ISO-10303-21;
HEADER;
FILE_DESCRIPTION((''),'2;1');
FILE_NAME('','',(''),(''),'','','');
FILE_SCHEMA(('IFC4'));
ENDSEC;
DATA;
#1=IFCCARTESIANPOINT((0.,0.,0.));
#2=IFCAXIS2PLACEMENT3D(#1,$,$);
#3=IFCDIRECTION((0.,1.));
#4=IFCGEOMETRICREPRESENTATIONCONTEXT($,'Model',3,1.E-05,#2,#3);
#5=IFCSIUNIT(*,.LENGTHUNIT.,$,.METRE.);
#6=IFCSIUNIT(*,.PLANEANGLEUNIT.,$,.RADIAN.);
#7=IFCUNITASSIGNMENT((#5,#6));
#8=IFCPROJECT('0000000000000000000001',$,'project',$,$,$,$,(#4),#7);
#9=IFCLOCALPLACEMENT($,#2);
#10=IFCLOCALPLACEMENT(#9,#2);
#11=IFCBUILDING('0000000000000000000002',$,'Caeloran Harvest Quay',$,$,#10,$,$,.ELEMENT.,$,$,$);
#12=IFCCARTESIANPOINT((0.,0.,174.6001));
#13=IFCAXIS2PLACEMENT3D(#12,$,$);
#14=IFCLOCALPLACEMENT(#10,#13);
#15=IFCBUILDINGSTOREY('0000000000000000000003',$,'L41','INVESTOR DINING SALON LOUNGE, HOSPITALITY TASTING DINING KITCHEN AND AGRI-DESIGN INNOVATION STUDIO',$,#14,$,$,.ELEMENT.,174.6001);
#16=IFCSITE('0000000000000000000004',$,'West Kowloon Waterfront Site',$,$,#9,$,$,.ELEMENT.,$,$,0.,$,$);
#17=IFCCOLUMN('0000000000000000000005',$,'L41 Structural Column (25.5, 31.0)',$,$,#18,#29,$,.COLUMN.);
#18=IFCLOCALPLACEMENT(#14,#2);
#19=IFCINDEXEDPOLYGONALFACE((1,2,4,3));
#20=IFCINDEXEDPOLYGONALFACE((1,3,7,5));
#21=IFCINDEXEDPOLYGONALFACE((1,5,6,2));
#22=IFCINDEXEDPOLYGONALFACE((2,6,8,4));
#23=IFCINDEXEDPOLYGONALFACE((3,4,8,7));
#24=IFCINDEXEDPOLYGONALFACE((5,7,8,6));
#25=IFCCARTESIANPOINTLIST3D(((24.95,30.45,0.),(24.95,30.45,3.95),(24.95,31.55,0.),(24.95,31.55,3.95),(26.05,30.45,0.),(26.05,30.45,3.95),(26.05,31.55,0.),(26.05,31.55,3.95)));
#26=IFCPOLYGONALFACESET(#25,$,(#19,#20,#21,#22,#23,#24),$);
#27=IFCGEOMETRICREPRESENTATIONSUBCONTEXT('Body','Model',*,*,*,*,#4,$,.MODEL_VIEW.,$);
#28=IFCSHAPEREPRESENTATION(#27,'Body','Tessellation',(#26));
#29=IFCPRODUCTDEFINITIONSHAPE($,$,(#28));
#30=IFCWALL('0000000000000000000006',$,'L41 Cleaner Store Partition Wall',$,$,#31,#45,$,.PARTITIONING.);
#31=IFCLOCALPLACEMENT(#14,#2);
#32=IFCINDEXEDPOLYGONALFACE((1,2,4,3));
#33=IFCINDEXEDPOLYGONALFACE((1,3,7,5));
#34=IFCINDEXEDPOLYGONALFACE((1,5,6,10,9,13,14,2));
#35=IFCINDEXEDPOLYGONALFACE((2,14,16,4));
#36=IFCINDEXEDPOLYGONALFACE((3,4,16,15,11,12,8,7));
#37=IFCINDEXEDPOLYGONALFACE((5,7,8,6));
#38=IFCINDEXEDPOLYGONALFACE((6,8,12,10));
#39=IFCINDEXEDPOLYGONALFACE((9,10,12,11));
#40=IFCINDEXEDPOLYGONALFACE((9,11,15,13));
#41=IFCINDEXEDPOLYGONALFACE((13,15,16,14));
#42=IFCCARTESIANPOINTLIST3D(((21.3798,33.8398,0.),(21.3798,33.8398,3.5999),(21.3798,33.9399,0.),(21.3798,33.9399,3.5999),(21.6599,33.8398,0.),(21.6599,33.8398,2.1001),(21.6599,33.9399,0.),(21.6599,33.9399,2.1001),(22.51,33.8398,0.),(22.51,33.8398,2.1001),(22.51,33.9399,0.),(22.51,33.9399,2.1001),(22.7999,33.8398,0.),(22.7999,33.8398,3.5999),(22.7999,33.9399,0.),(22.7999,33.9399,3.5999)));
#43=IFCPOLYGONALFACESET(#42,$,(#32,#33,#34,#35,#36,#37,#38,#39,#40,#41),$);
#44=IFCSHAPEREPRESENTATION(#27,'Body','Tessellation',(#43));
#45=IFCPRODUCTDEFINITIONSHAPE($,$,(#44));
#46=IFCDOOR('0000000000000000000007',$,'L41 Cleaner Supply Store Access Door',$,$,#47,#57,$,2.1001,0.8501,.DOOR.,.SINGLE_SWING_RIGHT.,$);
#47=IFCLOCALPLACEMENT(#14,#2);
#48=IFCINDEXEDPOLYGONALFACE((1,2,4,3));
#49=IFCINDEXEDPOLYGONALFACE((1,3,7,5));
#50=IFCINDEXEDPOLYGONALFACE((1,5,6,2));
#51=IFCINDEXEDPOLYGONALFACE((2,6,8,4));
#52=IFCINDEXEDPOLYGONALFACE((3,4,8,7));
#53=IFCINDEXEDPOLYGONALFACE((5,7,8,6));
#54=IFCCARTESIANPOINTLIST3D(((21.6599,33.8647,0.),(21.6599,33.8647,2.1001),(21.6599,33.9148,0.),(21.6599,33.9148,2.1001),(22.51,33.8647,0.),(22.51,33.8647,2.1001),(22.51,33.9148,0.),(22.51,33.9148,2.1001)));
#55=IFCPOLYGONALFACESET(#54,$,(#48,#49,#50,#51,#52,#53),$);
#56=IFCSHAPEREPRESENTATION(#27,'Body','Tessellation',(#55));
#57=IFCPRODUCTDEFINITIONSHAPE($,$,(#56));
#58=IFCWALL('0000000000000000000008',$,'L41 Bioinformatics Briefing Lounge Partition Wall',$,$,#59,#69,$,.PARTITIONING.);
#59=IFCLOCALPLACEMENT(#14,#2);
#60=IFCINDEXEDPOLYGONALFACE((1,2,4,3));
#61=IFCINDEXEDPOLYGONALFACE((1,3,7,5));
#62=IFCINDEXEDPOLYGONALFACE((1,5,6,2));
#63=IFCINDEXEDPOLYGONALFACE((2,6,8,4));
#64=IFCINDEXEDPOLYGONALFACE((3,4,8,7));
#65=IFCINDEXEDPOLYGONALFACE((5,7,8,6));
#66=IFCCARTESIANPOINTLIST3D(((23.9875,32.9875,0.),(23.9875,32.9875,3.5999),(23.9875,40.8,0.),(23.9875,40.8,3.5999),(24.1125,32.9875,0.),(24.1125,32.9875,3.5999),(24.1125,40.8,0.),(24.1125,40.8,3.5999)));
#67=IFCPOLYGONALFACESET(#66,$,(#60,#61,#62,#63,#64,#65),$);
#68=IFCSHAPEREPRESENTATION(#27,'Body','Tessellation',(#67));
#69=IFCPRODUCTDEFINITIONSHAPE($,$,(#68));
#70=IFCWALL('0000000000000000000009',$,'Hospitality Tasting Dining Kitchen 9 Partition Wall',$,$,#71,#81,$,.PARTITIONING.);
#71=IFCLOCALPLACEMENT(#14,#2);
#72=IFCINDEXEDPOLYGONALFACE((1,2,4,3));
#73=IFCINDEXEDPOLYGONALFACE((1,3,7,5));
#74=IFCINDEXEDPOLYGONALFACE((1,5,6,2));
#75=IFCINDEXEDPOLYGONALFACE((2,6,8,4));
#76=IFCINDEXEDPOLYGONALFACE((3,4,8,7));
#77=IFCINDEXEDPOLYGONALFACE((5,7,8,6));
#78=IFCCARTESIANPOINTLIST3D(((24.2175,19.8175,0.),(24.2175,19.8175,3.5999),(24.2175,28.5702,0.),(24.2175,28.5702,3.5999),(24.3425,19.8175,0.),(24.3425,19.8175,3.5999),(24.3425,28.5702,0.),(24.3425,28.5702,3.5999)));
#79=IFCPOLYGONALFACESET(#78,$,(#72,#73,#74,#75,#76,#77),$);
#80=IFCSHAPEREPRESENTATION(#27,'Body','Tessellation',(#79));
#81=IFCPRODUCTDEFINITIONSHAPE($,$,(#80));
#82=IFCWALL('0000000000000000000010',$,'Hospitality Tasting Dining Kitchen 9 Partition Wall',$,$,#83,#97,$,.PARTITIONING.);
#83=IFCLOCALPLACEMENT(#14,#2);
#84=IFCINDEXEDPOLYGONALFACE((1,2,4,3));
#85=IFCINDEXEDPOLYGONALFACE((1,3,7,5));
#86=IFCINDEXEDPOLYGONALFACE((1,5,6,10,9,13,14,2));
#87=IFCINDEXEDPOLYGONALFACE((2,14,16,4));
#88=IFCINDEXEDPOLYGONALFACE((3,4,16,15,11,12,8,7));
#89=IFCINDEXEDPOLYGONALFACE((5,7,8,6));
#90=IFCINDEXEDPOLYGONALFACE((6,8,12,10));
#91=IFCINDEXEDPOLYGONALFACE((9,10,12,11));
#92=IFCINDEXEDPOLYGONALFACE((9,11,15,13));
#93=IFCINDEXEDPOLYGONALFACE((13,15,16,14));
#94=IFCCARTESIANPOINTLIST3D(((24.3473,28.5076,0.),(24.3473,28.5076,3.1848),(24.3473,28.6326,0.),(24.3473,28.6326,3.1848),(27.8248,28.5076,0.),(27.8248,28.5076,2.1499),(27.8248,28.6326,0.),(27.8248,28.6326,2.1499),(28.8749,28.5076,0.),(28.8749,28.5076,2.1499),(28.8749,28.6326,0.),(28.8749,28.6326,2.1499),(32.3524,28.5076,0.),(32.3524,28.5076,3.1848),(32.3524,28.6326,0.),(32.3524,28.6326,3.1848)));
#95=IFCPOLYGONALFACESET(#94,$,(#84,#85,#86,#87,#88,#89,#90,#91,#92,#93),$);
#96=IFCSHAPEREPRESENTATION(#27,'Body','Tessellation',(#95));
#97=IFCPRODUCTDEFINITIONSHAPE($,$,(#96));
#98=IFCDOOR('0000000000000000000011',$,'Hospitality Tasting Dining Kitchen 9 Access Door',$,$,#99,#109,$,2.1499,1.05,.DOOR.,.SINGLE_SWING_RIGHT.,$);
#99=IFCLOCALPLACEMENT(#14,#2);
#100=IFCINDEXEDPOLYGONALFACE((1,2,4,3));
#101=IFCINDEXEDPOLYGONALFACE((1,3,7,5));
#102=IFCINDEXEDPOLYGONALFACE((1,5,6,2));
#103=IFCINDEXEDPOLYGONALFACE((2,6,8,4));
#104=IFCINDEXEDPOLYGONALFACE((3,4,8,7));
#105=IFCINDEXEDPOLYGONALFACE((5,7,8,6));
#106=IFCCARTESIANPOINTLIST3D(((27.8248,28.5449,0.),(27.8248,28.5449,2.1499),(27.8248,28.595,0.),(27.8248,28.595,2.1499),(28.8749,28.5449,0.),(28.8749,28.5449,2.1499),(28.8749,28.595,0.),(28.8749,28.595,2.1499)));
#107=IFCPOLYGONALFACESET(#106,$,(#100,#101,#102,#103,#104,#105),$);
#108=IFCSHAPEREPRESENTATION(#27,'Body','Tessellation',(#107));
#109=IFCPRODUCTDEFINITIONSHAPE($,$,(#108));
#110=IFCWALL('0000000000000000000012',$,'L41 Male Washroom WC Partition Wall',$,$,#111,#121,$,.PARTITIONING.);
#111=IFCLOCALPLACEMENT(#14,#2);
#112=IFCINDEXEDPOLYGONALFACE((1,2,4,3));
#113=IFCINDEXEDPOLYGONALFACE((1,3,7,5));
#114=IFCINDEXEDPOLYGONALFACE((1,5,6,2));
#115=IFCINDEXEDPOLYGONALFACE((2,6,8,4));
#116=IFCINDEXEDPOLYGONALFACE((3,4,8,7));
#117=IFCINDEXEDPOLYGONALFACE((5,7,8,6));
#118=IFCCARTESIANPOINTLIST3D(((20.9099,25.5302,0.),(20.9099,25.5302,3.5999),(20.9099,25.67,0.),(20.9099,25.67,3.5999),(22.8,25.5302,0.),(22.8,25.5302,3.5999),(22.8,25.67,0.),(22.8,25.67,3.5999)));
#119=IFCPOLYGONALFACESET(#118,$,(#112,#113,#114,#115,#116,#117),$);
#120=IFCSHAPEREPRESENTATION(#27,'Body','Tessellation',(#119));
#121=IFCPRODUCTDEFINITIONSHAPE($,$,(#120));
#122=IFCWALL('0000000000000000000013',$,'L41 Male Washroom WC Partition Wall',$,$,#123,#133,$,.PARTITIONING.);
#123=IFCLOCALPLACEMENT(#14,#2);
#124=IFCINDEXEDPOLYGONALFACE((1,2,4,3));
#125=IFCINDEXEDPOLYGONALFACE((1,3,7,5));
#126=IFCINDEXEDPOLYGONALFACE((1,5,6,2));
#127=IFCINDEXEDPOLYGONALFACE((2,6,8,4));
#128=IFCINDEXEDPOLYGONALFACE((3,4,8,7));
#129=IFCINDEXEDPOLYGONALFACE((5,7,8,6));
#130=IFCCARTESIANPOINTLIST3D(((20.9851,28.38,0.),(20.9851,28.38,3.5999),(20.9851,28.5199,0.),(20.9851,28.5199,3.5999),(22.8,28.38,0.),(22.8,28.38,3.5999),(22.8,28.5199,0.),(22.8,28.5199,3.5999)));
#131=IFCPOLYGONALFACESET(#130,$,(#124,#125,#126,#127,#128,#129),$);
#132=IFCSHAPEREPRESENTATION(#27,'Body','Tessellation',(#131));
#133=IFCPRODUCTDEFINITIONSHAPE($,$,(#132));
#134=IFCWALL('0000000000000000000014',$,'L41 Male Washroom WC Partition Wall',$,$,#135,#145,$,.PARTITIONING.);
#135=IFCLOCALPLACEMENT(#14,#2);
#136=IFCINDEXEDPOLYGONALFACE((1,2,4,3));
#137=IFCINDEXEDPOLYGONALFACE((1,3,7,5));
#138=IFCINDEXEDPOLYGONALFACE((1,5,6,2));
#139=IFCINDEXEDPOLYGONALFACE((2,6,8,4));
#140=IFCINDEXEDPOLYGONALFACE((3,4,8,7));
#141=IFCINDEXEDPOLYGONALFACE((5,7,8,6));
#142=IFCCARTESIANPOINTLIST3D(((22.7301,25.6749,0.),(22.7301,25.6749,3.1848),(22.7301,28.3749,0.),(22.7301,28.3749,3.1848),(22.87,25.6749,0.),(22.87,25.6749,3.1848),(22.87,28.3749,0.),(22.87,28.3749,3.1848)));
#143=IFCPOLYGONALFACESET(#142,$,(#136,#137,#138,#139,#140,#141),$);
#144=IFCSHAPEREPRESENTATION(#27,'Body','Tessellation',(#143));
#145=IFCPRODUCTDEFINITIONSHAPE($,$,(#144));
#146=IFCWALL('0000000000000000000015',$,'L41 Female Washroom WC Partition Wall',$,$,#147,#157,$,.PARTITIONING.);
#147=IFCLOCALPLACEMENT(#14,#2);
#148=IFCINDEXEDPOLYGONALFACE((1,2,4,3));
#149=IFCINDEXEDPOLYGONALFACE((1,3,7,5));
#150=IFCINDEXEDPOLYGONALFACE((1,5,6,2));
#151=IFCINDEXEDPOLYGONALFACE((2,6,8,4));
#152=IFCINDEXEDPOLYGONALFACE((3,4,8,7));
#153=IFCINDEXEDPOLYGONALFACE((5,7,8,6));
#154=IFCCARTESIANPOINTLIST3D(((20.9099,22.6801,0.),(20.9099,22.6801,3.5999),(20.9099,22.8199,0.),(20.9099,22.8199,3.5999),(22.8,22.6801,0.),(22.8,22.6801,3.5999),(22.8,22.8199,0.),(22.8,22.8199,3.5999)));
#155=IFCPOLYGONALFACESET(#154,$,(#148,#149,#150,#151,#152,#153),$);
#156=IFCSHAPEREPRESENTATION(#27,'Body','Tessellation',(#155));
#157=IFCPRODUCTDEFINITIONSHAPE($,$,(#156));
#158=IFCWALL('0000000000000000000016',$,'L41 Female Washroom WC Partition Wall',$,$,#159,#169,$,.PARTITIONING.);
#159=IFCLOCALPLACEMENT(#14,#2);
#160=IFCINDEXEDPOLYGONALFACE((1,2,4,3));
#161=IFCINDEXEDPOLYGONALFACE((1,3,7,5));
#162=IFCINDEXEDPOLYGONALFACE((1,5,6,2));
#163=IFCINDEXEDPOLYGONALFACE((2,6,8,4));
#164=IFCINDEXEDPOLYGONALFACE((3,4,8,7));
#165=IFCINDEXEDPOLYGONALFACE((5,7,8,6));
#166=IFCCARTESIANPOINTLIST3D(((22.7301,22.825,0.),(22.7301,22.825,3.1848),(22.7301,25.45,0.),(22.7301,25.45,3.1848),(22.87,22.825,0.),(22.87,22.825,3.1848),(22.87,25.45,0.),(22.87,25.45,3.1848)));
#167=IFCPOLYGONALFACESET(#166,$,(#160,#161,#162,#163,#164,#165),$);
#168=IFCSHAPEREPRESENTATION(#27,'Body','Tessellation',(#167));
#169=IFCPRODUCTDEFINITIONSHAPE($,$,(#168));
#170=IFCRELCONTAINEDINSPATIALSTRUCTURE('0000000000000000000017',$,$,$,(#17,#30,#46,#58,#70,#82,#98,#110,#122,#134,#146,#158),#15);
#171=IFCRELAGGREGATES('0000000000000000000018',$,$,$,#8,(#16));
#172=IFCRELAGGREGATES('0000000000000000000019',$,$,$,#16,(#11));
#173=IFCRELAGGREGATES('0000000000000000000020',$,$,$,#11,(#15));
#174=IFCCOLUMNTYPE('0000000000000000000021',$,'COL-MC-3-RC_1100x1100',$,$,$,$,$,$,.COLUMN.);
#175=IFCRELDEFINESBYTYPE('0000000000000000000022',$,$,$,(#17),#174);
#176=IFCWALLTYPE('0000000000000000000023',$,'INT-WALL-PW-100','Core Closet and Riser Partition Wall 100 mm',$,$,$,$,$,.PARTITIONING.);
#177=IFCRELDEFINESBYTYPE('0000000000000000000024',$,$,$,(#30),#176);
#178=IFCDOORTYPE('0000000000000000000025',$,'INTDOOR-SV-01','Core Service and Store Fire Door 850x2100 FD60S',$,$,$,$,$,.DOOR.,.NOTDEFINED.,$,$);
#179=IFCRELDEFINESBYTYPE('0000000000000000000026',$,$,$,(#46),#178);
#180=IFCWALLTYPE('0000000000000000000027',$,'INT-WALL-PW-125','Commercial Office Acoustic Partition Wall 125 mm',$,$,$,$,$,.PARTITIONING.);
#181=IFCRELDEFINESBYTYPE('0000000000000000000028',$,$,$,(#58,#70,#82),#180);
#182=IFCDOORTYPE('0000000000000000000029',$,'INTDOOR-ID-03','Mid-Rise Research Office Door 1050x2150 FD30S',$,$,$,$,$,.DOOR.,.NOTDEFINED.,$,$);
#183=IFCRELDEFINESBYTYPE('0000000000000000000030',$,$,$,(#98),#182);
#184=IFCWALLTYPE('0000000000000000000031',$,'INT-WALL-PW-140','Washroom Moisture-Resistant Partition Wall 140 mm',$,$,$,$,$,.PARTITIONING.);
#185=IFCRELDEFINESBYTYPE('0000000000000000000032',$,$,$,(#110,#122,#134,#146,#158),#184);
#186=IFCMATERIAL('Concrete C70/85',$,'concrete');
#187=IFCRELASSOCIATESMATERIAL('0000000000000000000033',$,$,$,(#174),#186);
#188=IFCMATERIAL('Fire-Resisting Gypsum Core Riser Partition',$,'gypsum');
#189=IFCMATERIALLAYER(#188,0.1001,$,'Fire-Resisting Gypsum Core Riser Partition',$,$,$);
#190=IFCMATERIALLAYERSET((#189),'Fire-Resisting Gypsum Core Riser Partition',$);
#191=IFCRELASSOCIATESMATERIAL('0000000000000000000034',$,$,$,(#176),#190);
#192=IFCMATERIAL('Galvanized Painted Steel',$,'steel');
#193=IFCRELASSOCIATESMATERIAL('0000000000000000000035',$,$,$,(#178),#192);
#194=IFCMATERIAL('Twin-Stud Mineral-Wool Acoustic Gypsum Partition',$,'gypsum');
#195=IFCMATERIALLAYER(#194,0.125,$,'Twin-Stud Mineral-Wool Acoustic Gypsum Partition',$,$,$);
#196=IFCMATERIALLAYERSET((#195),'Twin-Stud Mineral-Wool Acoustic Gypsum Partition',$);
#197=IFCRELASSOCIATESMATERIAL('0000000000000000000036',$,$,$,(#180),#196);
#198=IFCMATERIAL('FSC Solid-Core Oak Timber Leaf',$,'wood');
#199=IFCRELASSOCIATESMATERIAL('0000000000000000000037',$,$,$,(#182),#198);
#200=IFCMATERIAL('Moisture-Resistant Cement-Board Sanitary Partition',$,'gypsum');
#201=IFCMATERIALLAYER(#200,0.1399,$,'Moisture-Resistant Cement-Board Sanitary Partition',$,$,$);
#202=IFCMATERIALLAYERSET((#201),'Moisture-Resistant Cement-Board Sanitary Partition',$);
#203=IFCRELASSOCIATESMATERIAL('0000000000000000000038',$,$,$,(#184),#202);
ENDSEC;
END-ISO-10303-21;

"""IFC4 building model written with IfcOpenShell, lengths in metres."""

from ifc_helpers import new_model, si_unit, direction, frame, frame_2d, origin, origin_2d, place, context, subcontext, project, spatial, rectangle, extrude, material, layer, layer_set, material_profile, profile_set, type_object, element, fill, save


model = new_model("IFC4")

# Units and contexts
model_context = context("Model", 3, precision=1e-05, world=origin(), true_north=direction((0.0, 1.0)))
body_context = subcontext(model_context, "Body", "Model", "MODEL_VIEW")
ifc_project = project(units=[si_unit("LENGTHUNIT", "METRE"), si_unit("PLANEANGLEUNIT", "RADIAN")], contexts=[model_context])

# Site, building, storey
site_placement = place(None, origin())
site = spatial("IfcSite", under=ifc_project, at=site_placement, Name="West Kowloon Waterfront Site", CompositionType="ELEMENT", RefElevation=0.0)
building_placement = place(site_placement, origin())
building = spatial("IfcBuilding", under=site, at=building_placement, Name="Caeloran Harvest Quay", CompositionType="ELEMENT")
storey_placement = place(building_placement, frame((0.0, 0.0, 174.6001)))
storey = spatial("IfcBuildingStorey", under=building, at=storey_placement, Name="L41", Description="INVESTOR DINING SALON LOUNGE, HOSPITALITY TASTING DINING KITCHEN AND AGRI-DESIGN INNOVATION STUDIO", CompositionType="ELEMENT", Elevation=174.6001)

# Column
ifc_material_1 = material(Name="Concrete C70/85", Category="concrete")
ifc_material_profile = material_profile(ifc_material_1, rectangle(XDim=1.1001, YDim=1.1001, at=origin_2d()), Name="RC 1100x1100")
ifc_profile_set = profile_set([ifc_material_profile], Name="Concrete C70/85")
column_type = type_object("IfcColumnType", Name="COL-MC-3-RC_1100x1100", PredefinedType="COLUMN", material=ifc_profile_set)
column_placement = place(storey_placement, frame((25.5, 31.0, 0.0), z_axis=(0.0, 0.0, 1.0), x_axis=(1.0, 0.0, 0.0)))
element("IfcColumn", 1, at=column_placement, inside=storey, type_object=column_type, Name="L41 Structural Column (25.5, 31.0)", PredefinedType="COLUMN", context=body_context, shape_type="SweptSolid", body=[
    extrude(rectangle(XDim=1.1001, YDim=1.1001, at=origin_2d()), origin(), (0.0, 0.0, 1.0), 3.95),
])

# Wall, opening, door
ifc_material_2 = material(Name="Fire-Resisting Gypsum Core Riser Partition", Category="gypsum")
ifc_layer_1 = layer(ifc_material_2, 0.1001, Name="Fire-Resisting Gypsum Core Riser Partition")
ifc_layer_set_1 = layer_set([ifc_layer_1], Name="Fire-Resisting Gypsum Core Riser Partition")
wall_type_1 = type_object("IfcWallType", Name="INT-WALL-PW-100", Description="Core Closet and Riser Partition Wall 100 mm", PredefinedType="PARTITIONING", material=ifc_layer_set_1)
wall_1_placement = place(storey_placement, frame((21.3799, 33.8899, 0.0), z_axis=(0.0, 0.0, 1.0), x_axis=(1.0, 0.0, 0.0)))
wall_1 = element("IfcWall", 2, at=wall_1_placement, inside=storey, type_object=wall_type_1, Name="L41 Cleaner Store Partition Wall", PredefinedType="PARTITIONING", context=body_context, shape_type="SweptSolid", body=[
    extrude(rectangle(XDim=1.4202, YDim=0.1001, at=frame_2d((0.71, 0.0))), origin(), (0.0, 0.0, 1.0), 3.5999),
])
opening_1_placement = place(wall_1_placement, frame((0.28, 0.0, 0.0)))
opening_1 = element("IfcOpeningElement", 3, at=opening_1_placement, cuts=wall_1, PredefinedType="OPENING", context=body_context, shape_type="SweptSolid", body=[
    extrude(rectangle(XDim=0.8501, YDim=2.1001, at=frame_2d((0.425, 1.05))), frame((0.0, 0.0601, 0.0), z_axis=(0.0, -1.0, 0.0), x_axis=(1.0, 0.0, 0.0)), (0.0, 0.0, 1.0), 0.1201),
])
ifc_material_3 = material(Name="Galvanized Painted Steel", Category="steel")
door_type_1 = type_object("IfcDoorType", Name="INTDOOR-SV-01", Description="Core Service and Store Fire Door 850x2100 FD60S", OperationType="NOTDEFINED", PredefinedType="DOOR", material=ifc_material_3)
door_1_placement = place(opening_1_placement, origin())
door_1 = element("IfcDoor", 4, at=door_1_placement, inside=storey, type_object=door_type_1, Name="L41 Cleaner Supply Store Access Door", OperationType="SINGLE_SWING_RIGHT", OverallHeight=2.1001, OverallWidth=0.8501, PredefinedType="DOOR", context=body_context, shape_type="SweptSolid", body=[
    extrude(rectangle(XDim=0.8501, YDim=2.1001, at=frame_2d((0.425, 1.05))), frame((0.0, 0.0249, 0.0), z_axis=(0.0, -1.0, 0.0), x_axis=(1.0, 0.0, 0.0)), (0.0, 0.0, 1.0), 0.05),
])
fill(opening_1, door_1)

# Walls
ifc_material_4 = material(Name="Twin-Stud Mineral-Wool Acoustic Gypsum Partition", Category="gypsum")
ifc_layer_2 = layer(ifc_material_4, 0.125, Name="Twin-Stud Mineral-Wool Acoustic Gypsum Partition")
ifc_layer_set_2 = layer_set([ifc_layer_2], Name="Twin-Stud Mineral-Wool Acoustic Gypsum Partition")
wall_type_2 = type_object("IfcWallType", Name="INT-WALL-PW-125", Description="Commercial Office Acoustic Partition Wall 125 mm", PredefinedType="PARTITIONING", material=ifc_layer_set_2)
wall_2_placement = place(storey_placement, frame((24.05, 32.9875, 0.0), z_axis=(0.0, 0.0, 1.0), x_axis=(0.0, 1.0, 0.0)))
element("IfcWall", 5, at=wall_2_placement, inside=storey, type_object=wall_type_2, Name="L41 Bioinformatics Briefing Lounge Partition Wall", PredefinedType="PARTITIONING", context=body_context, shape_type="SweptSolid", body=[
    extrude(rectangle(XDim=7.8125, YDim=0.125, at=frame_2d((3.9062, 0.0))), origin(), (0.0, 0.0, 1.0), 3.5999),
])
wall_3_placement = place(storey_placement, frame((24.28, 19.8174, 0.0), z_axis=(0.0, 0.0, 1.0), x_axis=(0.0, 1.0, 0.0)))
element("IfcWall", 6, at=wall_3_placement, inside=storey, type_object=wall_type_2, Name="Hospitality Tasting Dining Kitchen 9 Partition Wall", PredefinedType="PARTITIONING", context=body_context, shape_type="SweptSolid", body=[
    extrude(rectangle(XDim=8.7527, YDim=0.125, at=frame_2d((4.3765, 0.0))), origin(), (0.0, 0.0, 1.0), 3.5999),
])

# Wall, opening, door
wall_4_placement = place(storey_placement, frame((24.3474, 28.5701, 0.0), z_axis=(0.0, 0.0, 1.0), x_axis=(1.0, 0.0, 0.0)))
wall_4 = element("IfcWall", 7, at=wall_4_placement, inside=storey, type_object=wall_type_2, Name="Hospitality Tasting Dining Kitchen 9 Partition Wall", PredefinedType="PARTITIONING", context=body_context, shape_type="SweptSolid", body=[
    extrude(rectangle(XDim=8.0051, YDim=0.125, at=frame_2d((4.0024, 0.0))), origin(), (0.0, 0.0, 1.0), 3.1848),
])
opening_2_placement = place(wall_4_placement, frame((3.4775, 0.0, 0.0)))
opening_2 = element("IfcOpeningElement", 8, at=opening_2_placement, cuts=wall_4, PredefinedType="OPENING", context=body_context, shape_type="SweptSolid", body=[
    extrude(rectangle(XDim=1.05, YDim=2.1499, at=frame_2d((0.5249, 1.075))), frame((0.0, 0.0725, 0.0), z_axis=(0.0, -1.0, 0.0), x_axis=(1.0, 0.0, 0.0)), (0.0, 0.0, 1.0), 0.145),
])
ifc_material_5 = material(Name="FSC Solid-Core Oak Timber Leaf", Category="wood")
door_type_2 = type_object("IfcDoorType", Name="INTDOOR-ID-03", Description="Mid-Rise Research Office Door 1050x2150 FD30S", OperationType="NOTDEFINED", PredefinedType="DOOR", material=ifc_material_5)
door_2_placement = place(opening_2_placement, origin())
door_2 = element("IfcDoor", 9, at=door_2_placement, inside=storey, type_object=door_type_2, Name="Hospitality Tasting Dining Kitchen 9 Access Door", OperationType="SINGLE_SWING_RIGHT", OverallHeight=2.1499, OverallWidth=1.05, PredefinedType="DOOR", context=body_context, shape_type="SweptSolid", body=[
    extrude(rectangle(XDim=1.05, YDim=2.1499, at=frame_2d((0.5249, 1.075))), frame((0.0, 0.0249, 0.0), z_axis=(0.0, -1.0, 0.0), x_axis=(1.0, 0.0, 0.0)), (0.0, 0.0, 1.0), 0.05),
])
fill(opening_2, door_2)

# Wall
ifc_material_6 = material(Name="Moisture-Resistant Cement-Board Sanitary Partition", Category="gypsum")
ifc_layer_3 = layer(ifc_material_6, 0.1399, Name="Moisture-Resistant Cement-Board Sanitary Partition")
ifc_layer_set_3 = layer_set([ifc_layer_3], Name="Moisture-Resistant Cement-Board Sanitary Partition")
wall_type_3 = type_object("IfcWallType", Name="INT-WALL-PW-140", Description="Washroom Moisture-Resistant Partition Wall 140 mm", PredefinedType="PARTITIONING", material=ifc_layer_set_3)
wall_5_placement = place(storey_placement, frame((22.8, 25.6001, 0.0), z_axis=(0.0, 0.0, 1.0), x_axis=(-1.0, 0.0, 0.0)))
element("IfcWall", 10, at=wall_5_placement, inside=storey, type_object=wall_type_3, Name="L41 Male Washroom WC Partition Wall", PredefinedType="PARTITIONING", context=body_context, shape_type="SweptSolid", body=[
    extrude(rectangle(XDim=1.8901, YDim=0.1399, at=frame_2d((0.9451, 0.0))), origin(), (0.0, 0.0, 1.0), 3.5999),
])

# Walls
wall_6_placement = place(storey_placement, frame((20.9851, 28.45, 0.0), z_axis=(0.0, 0.0, 1.0), x_axis=(1.0, 0.0, 0.0)))
element("IfcWall", 11, at=wall_6_placement, inside=storey, type_object=wall_type_3, Name="L41 Male Washroom WC Partition Wall", PredefinedType="PARTITIONING", context=body_context, shape_type="SweptSolid", body=[
    extrude(rectangle(XDim=1.8149, YDim=0.1399, at=frame_2d((0.9075, 0.0))), origin(), (0.0, 0.0, 1.0), 3.5999),
])
wall_7_placement = place(storey_placement, frame((22.8, 28.375, 0.0), z_axis=(0.0, 0.0, 1.0), x_axis=(0.0, -1.0, 0.0)))
element("IfcWall", 12, at=wall_7_placement, inside=storey, type_object=wall_type_3, Name="L41 Male Washroom WC Partition Wall", PredefinedType="PARTITIONING", context=body_context, shape_type="SweptSolid", body=[
    extrude(rectangle(XDim=2.7, YDim=0.1399, at=frame_2d((1.3501, 0.0))), origin(), (0.0, 0.0, 1.0), 3.1848),
])
wall_8_placement = place(storey_placement, frame((22.8, 22.75, 0.0), z_axis=(0.0, 0.0, 1.0), x_axis=(-1.0, 0.0, 0.0)))
element("IfcWall", 13, at=wall_8_placement, inside=storey, type_object=wall_type_3, Name="L41 Female Washroom WC Partition Wall", PredefinedType="PARTITIONING", context=body_context, shape_type="SweptSolid", body=[
    extrude(rectangle(XDim=1.8901, YDim=0.1399, at=frame_2d((0.9451, 0.0))), origin(), (0.0, 0.0, 1.0), 3.5999),
])

# Wall
wall_9_placement = place(storey_placement, frame((22.8, 25.45, 0.0), z_axis=(0.0, 0.0, 1.0), x_axis=(0.0, -1.0, 0.0)))
element("IfcWall", 14, at=wall_9_placement, inside=storey, type_object=wall_type_3, Name="L41 Female Washroom WC Partition Wall", PredefinedType="PARTITIONING", context=body_context, shape_type="SweptSolid", body=[
    extrude(rectangle(XDim=2.625, YDim=0.1399, at=frame_2d((1.3125, 0.0))), origin(), (0.0, 0.0, 1.0), 3.1848),
])

save(model, "model.ifc")
